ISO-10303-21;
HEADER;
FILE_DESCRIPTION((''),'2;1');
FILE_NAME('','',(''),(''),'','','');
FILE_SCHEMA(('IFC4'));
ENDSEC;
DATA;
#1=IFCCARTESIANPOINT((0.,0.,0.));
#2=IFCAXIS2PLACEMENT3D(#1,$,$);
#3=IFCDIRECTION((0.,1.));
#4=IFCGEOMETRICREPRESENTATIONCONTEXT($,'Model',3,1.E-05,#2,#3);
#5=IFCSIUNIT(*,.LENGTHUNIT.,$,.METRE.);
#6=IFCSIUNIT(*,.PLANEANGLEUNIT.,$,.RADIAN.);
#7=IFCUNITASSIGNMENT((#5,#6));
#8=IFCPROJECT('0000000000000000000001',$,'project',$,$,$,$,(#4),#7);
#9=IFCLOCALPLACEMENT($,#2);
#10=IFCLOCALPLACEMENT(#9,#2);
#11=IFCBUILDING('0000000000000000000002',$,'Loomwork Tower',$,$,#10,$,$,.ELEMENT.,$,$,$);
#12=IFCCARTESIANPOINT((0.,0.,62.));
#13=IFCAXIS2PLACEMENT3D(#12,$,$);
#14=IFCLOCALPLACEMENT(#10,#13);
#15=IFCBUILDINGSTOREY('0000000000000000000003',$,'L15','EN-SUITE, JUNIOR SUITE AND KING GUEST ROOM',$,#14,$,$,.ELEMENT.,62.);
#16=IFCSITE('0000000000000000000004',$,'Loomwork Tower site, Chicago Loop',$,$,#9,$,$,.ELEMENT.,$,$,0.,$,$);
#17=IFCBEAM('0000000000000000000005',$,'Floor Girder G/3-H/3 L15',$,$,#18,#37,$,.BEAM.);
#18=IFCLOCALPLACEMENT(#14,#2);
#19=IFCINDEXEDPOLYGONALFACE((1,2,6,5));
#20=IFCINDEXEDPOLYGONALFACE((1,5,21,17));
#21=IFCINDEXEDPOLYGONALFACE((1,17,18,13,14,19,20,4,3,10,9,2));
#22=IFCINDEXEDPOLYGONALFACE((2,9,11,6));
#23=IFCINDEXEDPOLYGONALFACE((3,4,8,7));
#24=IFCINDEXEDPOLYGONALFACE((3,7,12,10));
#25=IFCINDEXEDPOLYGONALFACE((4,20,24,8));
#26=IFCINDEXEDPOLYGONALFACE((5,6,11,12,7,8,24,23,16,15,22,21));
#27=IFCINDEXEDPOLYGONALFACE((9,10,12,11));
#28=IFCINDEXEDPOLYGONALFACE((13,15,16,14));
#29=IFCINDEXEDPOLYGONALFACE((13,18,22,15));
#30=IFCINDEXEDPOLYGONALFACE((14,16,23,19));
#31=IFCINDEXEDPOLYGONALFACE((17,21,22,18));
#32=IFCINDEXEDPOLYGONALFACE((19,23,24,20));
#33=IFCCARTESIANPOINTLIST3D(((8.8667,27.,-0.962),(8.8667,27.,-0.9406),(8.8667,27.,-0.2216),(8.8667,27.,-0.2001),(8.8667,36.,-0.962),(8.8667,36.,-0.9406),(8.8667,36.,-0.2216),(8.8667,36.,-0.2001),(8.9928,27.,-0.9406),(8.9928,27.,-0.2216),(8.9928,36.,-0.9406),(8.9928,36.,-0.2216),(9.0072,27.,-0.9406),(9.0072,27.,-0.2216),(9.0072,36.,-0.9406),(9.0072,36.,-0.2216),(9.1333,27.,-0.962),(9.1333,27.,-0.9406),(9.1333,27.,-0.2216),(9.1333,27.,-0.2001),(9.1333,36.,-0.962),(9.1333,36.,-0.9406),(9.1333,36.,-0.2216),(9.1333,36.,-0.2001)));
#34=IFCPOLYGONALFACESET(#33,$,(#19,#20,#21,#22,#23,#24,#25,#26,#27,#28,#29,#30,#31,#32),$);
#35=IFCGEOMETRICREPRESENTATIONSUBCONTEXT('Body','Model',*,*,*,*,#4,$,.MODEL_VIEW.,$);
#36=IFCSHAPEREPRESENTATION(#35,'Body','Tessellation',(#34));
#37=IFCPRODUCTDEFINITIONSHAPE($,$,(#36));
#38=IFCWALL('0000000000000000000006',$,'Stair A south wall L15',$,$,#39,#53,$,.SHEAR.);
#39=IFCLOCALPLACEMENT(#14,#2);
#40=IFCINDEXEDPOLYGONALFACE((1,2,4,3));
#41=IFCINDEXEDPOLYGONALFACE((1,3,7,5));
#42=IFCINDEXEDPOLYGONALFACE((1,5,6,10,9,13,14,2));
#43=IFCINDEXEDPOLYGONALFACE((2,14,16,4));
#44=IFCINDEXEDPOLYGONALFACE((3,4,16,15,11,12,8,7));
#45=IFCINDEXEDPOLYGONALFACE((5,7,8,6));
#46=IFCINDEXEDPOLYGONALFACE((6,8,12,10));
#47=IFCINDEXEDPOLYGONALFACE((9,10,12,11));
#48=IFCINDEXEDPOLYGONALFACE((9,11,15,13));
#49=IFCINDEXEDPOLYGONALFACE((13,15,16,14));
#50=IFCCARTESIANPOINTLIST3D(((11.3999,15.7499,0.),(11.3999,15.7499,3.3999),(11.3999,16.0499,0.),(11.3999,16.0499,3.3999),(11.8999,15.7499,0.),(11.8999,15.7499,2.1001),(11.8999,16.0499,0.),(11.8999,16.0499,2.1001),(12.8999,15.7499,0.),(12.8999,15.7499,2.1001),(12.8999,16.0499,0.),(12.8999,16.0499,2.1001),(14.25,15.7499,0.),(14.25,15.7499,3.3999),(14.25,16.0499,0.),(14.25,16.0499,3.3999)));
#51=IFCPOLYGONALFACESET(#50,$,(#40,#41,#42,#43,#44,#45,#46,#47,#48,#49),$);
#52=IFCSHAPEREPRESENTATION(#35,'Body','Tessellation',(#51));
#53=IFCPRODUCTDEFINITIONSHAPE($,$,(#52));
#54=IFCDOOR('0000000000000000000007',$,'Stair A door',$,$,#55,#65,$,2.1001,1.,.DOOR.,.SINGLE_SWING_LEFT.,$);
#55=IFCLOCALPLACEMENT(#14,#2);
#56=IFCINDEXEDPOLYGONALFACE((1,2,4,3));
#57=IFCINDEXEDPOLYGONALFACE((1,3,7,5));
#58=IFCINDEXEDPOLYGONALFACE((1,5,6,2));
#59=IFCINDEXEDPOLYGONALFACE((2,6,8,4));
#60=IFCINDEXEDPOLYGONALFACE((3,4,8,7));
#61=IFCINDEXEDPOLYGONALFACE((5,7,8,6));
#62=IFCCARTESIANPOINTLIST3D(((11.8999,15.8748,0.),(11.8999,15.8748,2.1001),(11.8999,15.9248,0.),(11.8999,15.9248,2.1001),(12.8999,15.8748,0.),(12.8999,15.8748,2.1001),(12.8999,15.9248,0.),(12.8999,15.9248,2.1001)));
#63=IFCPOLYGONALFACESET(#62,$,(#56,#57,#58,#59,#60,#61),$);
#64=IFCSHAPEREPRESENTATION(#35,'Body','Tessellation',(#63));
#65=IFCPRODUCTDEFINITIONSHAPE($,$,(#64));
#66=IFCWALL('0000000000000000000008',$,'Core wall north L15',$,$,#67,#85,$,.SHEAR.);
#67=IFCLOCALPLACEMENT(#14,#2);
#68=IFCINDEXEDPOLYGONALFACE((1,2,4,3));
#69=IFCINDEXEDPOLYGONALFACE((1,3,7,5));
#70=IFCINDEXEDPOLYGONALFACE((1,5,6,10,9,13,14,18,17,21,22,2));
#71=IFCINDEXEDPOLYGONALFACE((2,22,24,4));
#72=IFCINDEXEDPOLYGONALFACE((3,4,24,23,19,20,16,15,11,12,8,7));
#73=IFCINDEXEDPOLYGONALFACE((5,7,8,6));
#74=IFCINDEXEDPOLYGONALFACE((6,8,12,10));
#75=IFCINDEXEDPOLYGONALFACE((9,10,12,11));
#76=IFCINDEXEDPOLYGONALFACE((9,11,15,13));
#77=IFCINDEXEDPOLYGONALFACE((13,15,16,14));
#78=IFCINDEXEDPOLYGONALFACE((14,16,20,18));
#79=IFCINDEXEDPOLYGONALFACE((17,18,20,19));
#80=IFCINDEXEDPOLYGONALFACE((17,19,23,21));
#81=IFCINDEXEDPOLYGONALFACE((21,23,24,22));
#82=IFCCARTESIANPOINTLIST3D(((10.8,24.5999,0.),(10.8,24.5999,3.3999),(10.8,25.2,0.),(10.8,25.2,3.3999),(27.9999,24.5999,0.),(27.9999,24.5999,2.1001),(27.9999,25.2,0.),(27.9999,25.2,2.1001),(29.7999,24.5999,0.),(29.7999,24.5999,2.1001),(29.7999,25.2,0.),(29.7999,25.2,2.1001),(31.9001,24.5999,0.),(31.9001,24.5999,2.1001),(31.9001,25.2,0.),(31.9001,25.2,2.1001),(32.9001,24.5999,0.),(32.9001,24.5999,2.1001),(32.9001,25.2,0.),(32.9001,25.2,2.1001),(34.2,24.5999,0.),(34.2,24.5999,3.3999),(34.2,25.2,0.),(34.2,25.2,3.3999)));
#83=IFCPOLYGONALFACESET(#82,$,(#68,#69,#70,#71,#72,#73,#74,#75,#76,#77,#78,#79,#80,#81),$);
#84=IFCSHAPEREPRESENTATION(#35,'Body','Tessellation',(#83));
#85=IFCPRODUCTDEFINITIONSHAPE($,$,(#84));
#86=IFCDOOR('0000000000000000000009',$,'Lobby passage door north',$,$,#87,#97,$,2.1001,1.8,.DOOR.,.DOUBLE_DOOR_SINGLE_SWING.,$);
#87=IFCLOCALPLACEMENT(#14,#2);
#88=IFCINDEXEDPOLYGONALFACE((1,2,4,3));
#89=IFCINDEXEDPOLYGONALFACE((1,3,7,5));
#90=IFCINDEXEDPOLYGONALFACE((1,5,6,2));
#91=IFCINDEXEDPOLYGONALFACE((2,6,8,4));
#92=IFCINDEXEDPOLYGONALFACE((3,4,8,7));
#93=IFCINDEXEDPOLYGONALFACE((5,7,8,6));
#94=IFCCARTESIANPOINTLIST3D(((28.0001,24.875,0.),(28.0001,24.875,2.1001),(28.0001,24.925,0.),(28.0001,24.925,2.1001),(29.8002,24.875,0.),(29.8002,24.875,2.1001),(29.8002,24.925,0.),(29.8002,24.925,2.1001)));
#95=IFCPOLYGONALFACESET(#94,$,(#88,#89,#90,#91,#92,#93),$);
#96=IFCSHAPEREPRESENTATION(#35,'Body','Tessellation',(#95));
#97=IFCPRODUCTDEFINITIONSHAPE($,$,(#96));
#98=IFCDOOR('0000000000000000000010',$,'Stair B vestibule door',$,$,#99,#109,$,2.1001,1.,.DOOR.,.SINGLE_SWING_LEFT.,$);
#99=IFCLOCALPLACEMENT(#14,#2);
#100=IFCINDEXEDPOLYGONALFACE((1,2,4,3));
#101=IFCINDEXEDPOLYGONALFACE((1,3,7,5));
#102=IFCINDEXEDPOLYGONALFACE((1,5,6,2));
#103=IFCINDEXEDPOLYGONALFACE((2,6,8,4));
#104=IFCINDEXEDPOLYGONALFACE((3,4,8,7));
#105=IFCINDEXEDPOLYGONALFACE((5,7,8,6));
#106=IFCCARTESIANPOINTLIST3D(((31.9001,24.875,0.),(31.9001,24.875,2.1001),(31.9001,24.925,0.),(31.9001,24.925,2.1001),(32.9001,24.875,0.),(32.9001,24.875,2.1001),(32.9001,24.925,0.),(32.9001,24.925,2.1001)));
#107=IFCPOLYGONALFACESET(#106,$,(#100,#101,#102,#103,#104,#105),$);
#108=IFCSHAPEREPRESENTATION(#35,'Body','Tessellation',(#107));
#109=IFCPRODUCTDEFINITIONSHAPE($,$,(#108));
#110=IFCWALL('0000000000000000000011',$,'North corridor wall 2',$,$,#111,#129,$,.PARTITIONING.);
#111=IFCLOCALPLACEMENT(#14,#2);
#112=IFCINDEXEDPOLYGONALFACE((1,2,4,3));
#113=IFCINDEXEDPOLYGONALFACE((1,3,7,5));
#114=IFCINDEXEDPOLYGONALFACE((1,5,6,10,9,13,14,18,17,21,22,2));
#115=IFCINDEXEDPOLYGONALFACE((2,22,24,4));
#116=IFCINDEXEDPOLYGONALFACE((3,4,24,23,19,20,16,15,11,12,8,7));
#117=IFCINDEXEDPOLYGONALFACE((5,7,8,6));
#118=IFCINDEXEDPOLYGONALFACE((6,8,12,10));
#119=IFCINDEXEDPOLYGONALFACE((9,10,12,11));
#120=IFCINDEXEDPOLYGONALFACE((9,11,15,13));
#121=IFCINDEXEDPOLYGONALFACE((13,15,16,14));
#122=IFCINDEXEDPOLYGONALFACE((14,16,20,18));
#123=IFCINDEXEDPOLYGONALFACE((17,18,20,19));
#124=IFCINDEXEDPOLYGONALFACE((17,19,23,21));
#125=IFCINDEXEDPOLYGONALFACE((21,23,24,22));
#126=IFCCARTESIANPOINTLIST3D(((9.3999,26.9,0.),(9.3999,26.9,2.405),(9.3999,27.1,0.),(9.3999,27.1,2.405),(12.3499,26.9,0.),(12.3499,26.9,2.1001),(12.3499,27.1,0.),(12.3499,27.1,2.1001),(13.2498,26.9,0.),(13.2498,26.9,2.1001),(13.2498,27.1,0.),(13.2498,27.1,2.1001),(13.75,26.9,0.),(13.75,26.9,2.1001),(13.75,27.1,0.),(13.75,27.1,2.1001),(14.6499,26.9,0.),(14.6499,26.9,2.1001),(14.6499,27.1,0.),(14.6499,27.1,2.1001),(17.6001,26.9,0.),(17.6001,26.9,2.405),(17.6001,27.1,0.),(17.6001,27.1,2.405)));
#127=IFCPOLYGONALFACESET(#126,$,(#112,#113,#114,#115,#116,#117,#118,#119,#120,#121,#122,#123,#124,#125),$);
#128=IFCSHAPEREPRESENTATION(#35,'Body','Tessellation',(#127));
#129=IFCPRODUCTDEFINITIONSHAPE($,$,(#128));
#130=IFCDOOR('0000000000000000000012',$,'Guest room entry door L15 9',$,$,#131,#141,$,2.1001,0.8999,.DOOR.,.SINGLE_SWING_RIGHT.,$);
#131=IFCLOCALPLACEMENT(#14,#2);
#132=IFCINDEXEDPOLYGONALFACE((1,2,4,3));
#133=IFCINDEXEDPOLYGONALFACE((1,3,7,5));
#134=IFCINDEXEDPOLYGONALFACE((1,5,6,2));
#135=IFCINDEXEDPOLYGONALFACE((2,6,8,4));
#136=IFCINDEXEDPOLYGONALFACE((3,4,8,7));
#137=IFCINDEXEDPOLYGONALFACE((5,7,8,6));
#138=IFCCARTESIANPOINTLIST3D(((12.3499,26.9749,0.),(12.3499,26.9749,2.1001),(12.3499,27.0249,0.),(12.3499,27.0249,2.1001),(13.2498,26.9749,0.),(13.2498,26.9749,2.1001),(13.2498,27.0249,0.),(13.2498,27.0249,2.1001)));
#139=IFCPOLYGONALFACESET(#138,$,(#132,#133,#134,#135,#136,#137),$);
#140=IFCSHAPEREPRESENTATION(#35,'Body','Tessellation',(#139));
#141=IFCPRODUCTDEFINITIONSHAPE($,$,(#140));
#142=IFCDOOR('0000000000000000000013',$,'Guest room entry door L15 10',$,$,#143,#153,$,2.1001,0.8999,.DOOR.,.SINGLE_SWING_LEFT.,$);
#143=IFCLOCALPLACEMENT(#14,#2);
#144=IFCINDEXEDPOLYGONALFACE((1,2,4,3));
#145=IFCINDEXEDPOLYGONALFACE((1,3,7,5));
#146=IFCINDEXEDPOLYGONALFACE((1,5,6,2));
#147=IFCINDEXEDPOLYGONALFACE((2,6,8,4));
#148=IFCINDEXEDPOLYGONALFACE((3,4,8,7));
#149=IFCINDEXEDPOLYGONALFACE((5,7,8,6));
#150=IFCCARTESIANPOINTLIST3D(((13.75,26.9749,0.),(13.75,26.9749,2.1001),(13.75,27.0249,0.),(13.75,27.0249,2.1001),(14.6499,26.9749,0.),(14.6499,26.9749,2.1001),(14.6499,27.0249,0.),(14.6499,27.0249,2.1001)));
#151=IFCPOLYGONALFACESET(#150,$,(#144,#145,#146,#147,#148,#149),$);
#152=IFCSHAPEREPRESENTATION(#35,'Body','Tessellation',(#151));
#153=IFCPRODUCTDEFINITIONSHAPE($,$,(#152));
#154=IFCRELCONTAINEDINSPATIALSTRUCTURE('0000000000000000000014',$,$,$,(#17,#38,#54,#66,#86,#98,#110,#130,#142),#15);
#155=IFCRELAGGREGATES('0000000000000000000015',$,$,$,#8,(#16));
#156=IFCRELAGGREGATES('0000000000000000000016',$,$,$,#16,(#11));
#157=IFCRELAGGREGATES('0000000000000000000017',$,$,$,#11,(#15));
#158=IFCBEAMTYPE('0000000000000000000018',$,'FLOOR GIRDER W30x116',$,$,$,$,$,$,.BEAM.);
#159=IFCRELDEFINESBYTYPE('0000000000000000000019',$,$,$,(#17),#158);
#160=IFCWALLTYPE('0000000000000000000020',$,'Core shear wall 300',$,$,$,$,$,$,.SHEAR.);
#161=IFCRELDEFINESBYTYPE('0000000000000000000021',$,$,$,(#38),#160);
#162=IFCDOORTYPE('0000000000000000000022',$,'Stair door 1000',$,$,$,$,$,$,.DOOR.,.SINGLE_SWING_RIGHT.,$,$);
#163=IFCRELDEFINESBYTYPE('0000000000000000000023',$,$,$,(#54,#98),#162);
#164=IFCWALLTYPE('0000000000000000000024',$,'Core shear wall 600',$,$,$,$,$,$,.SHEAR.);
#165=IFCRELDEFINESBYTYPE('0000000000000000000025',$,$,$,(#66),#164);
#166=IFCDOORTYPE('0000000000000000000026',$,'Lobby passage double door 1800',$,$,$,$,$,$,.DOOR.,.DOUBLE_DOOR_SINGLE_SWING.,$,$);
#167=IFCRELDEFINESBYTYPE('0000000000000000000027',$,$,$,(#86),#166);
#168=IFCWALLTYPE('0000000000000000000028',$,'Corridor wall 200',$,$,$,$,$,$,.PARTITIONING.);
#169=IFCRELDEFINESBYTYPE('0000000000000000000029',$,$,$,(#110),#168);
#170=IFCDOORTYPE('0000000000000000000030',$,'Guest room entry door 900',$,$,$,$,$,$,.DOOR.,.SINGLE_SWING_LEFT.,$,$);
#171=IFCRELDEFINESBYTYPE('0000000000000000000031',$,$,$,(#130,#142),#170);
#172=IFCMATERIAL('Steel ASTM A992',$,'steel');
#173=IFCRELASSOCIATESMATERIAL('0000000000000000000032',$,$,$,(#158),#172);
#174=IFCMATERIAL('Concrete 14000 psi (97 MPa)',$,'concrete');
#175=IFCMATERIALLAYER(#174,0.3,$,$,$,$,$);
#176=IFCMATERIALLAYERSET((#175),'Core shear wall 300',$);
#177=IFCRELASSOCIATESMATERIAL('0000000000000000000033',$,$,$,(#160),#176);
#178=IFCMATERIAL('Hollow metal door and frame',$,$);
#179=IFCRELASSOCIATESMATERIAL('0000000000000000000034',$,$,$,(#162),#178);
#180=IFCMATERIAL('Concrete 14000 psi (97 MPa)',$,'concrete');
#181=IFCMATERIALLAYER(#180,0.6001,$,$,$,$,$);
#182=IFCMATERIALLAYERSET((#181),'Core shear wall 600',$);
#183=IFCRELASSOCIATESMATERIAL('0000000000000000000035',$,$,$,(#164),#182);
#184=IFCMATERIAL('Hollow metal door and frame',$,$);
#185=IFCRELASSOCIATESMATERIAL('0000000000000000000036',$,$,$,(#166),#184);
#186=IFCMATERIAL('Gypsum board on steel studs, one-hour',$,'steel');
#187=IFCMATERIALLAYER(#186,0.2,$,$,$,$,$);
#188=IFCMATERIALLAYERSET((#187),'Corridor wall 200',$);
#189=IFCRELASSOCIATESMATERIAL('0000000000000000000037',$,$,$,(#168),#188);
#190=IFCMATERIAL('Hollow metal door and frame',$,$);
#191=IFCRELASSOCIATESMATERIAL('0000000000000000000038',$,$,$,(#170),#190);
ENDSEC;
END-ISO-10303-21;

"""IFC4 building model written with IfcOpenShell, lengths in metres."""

from ifc_helpers import new_model, si_unit, direction, frame, frame_2d, origin, origin_2d, place, context, subcontext, project, spatial, rectangle, i_section, extrude, material, layer, layer_set, material_profile, profile_set, type_object, element, fill, save


model = new_model("IFC4")

# Units and contexts
model_context = context("Model", 3, precision=1e-05, world=origin(), true_north=direction((0.0, 1.0)))
body_context = subcontext(model_context, "Body", "Model", "MODEL_VIEW")
ifc_project = project(units=[si_unit("LENGTHUNIT", "METRE"), si_unit("PLANEANGLEUNIT", "RADIAN")], contexts=[model_context])

# Site, building, storey
site_placement = place(None, origin())
site = spatial("IfcSite", under=ifc_project, at=site_placement, Name="Loomwork Tower site, Chicago Loop", CompositionType="ELEMENT", RefElevation=0.0)
building_placement = place(site_placement, origin())
building = spatial("IfcBuilding", under=site, at=building_placement, Name="Loomwork Tower", CompositionType="ELEMENT")
storey_placement = place(building_placement, frame((0.0, 0.0, 62.0)))
storey = spatial("IfcBuildingStorey", under=building, at=storey_placement, Name="L15", Description="EN-SUITE, JUNIOR SUITE AND KING GUEST ROOM", CompositionType="ELEMENT", Elevation=62.0)

# Beam
ifc_material_1 = material(Name="Steel ASTM A992", Category="steel")
ifc_material_profile = material_profile(ifc_material_1, i_section(OverallWidth=0.2666, OverallDepth=0.762, WebThickness=0.0144, FlangeThickness=0.0215, at=origin_2d()), Name="W30x116")
ifc_profile_set = profile_set([ifc_material_profile], Name="Steel ASTM A992")
beam_type = type_object("IfcBeamType", Name="FLOOR GIRDER W30x116", PredefinedType="BEAM", material=ifc_profile_set)
beam_placement = place(storey_placement, frame((9.0, 27.0, -0.5811), z_axis=(0.0, 1.0, 0.0), x_axis=(-1.0, 0.0, 0.0)))
element("IfcBeam", 1, at=beam_placement, inside=storey, type_object=beam_type, Name="Floor Girder G/3-H/3 L15", PredefinedType="BEAM", context=body_context, shape_type="SweptSolid", body=[
    extrude(i_section(OverallWidth=0.2666, OverallDepth=0.762, WebThickness=0.0144, FlangeThickness=0.0215, at=origin_2d()), origin(), (0.0, 0.0, 1.0), 9.0),
])

# Wall, opening, door
ifc_material_2 = material(Name="Concrete 14000 psi (97 MPa)", Category="concrete")
ifc_layer_1 = layer(ifc_material_2, 0.3)
ifc_layer_set_1 = layer_set([ifc_layer_1], Name="Core shear wall 300")
wall_type_1 = type_object("IfcWallType", Name="Core shear wall 300", PredefinedType="SHEAR", material=ifc_layer_set_1)
wall_1_placement = place(storey_placement, frame((11.3999, 15.8999, 0.0), z_axis=(0.0, 0.0, 1.0), x_axis=(1.0, 0.0, 0.0)))
wall_1 = element("IfcWall", 2, at=wall_1_placement, inside=storey, type_object=wall_type_1, Name="Stair A south wall L15", PredefinedType="SHEAR", context=body_context, shape_type="SweptSolid", body=[
    extrude(rectangle(XDim=2.8501, YDim=0.3, at=frame_2d((1.425, 0.0))), origin(), (0.0, 0.0, 1.0), 3.3999),
])
opening_1_placement = place(wall_1_placement, frame((0.5, 0.0, 0.0)))
opening_1 = element("IfcOpeningElement", 3, at=opening_1_placement, cuts=wall_1, PredefinedType="OPENING", context=body_context, shape_type="SweptSolid", body=[
    extrude(rectangle(XDim=1.0, YDim=2.1001, at=frame_2d((0.5, 1.05))), frame((0.0, 0.1599, 0.0), z_axis=(0.0, -1.0, 0.0), x_axis=(1.0, 0.0, 0.0)), (0.0, 0.0, 1.0), 0.3201),
])
ifc_material_3 = material(Name="Hollow metal door and frame")
door_type_1 = type_object("IfcDoorType", Name="Stair door 1000", OperationType="SINGLE_SWING_RIGHT", PredefinedType="DOOR", material=ifc_material_3)
door_1_placement = place(opening_1_placement, origin())
door_1 = element("IfcDoor", 4, at=door_1_placement, inside=storey, type_object=door_type_1, Name="Stair A door", OperationType="SINGLE_SWING_LEFT", OverallHeight=2.1001, OverallWidth=1.0, PredefinedType="DOOR", context=body_context, shape_type="SweptSolid", body=[
    extrude(rectangle(XDim=1.0, YDim=2.1001, at=frame_2d((0.5, 1.05))), frame((0.0, 0.0249, 0.0), z_axis=(0.0, -1.0, 0.0), x_axis=(1.0, 0.0, 0.0)), (0.0, 0.0, 1.0), 0.05),
])
fill(opening_1, door_1)

# Walls, openings, doors
ifc_material_4 = material(Name="Concrete 14000 psi (97 MPa)", Category="concrete")
ifc_layer_2 = layer(ifc_material_4, 0.6001)
ifc_layer_set_2 = layer_set([ifc_layer_2], Name="Core shear wall 600")
wall_type_2 = type_object("IfcWallType", Name="Core shear wall 600", PredefinedType="SHEAR", material=ifc_layer_set_2)
wall_2_placement = place(storey_placement, frame((10.8, 24.8999, 0.0), z_axis=(0.0, 0.0, 1.0), x_axis=(1.0, 0.0, 0.0)))
wall_2 = element("IfcWall", 5, at=wall_2_placement, inside=storey, type_object=wall_type_2, Name="Core wall north L15", PredefinedType="SHEAR", context=body_context, shape_type="SweptSolid", body=[
    extrude(rectangle(XDim=23.3999, YDim=0.6001, at=frame_2d((11.7, 0.0))), origin(), (0.0, 0.0, 1.0), 3.3999),
])
opening_2_placement = place(wall_2_placement, frame((17.2, 0.0, 0.0)))
opening_2 = element("IfcOpeningElement", 6, at=opening_2_placement, cuts=wall_2, PredefinedType="OPENING", context=body_context, shape_type="SweptSolid", body=[
    extrude(rectangle(XDim=1.8, YDim=2.1001, at=frame_2d((0.8999, 1.05))), frame((0.0, 0.3101, 0.0), z_axis=(0.0, -1.0, 0.0), x_axis=(1.0, 0.0, 0.0)), (0.0, 0.0, 1.0), 0.6201),
])
opening_3_placement = place(wall_2_placement, frame((21.1001, 0.0, 0.0)))
opening_3 = element("IfcOpeningElement", 7, at=opening_3_placement, cuts=wall_2, PredefinedType="OPENING", context=body_context, shape_type="SweptSolid", body=[
    extrude(rectangle(XDim=1.0, YDim=2.1001, at=frame_2d((0.5, 1.05))), frame((0.0, 0.3101, 0.0), z_axis=(0.0, -1.0, 0.0), x_axis=(1.0, 0.0, 0.0)), (0.0, 0.0, 1.0), 0.6201),
])
ifc_material_5 = material(Name="Hollow metal door and frame")
door_type_2 = type_object("IfcDoorType", Name="Lobby passage double door 1800", OperationType="DOUBLE_DOOR_SINGLE_SWING", PredefinedType="DOOR", material=ifc_material_5)
door_2_placement = place(opening_2_placement, frame((1.8, 0.0, 0.0), z_axis=(0.0, 0.0, 1.0), x_axis=(-1.0, 0.0, 0.0)))
door_2 = element("IfcDoor", 8, at=door_2_placement, inside=storey, type_object=door_type_2, Name="Lobby passage door north", OperationType="DOUBLE_DOOR_SINGLE_SWING", OverallHeight=2.1001, OverallWidth=1.8, PredefinedType="DOOR", context=body_context, shape_type="SweptSolid", body=[
    extrude(rectangle(XDim=1.8, YDim=2.1001, at=frame_2d((0.8999, 1.05))), frame((0.0, 0.0249, 0.0), z_axis=(0.0, -1.0, 0.0), x_axis=(1.0, 0.0, 0.0)), (0.0, 0.0, 1.0), 0.05),
])
fill(opening_2, door_2)
door_3_placement = place(opening_3_placement, frame((1.0, 0.0, 0.0), z_axis=(0.0, 0.0, 1.0), x_axis=(-1.0, 0.0, 0.0)))
door_3 = element("IfcDoor", 9, at=door_3_placement, inside=storey, type_object=door_type_1, Name="Stair B vestibule door", OperationType="SINGLE_SWING_LEFT", OverallHeight=2.1001, OverallWidth=1.0, PredefinedType="DOOR", context=body_context, shape_type="SweptSolid", body=[
    extrude(rectangle(XDim=1.0, YDim=2.1001, at=frame_2d((0.5, 1.05))), frame((0.0, 0.0249, 0.0), z_axis=(0.0, -1.0, 0.0), x_axis=(1.0, 0.0, 0.0)), (0.0, 0.0, 1.0), 0.05),
])
fill(opening_3, door_3)
ifc_material_6 = material(Name="Gypsum board on steel studs, one-hour", Category="steel")
ifc_layer_3 = layer(ifc_material_6, 0.2)
ifc_layer_set_3 = layer_set([ifc_layer_3], Name="Corridor wall 200")
wall_type_3 = type_object("IfcWallType", Name="Corridor wall 200", PredefinedType="PARTITIONING", material=ifc_layer_set_3)
wall_3_placement = place(storey_placement, frame((9.3999, 27.0, 0.0), z_axis=(0.0, 0.0, 1.0), x_axis=(1.0, 0.0, 0.0)))
wall_3 = element("IfcWall", 10, at=wall_3_placement, inside=storey, type_object=wall_type_3, Name="North corridor wall 2", PredefinedType="PARTITIONING", context=body_context, shape_type="SweptSolid", body=[
    extrude(rectangle(XDim=8.2002, YDim=0.2, at=frame_2d((4.1001, 0.0))), origin(), (0.0, 0.0, 1.0), 2.405),
])
opening_4_placement = place(wall_3_placement, frame((2.95, 0.0, 0.0)))
opening_4 = element("IfcOpeningElement", 11, at=opening_4_placement, cuts=wall_3, PredefinedType="OPENING", context=body_context, shape_type="SweptSolid", body=[
    extrude(rectangle(XDim=0.8999, YDim=2.1001, at=frame_2d((0.45, 1.05))), frame((0.0, 0.1099, 0.0), z_axis=(0.0, -1.0, 0.0), x_axis=(1.0, 0.0, 0.0)), (0.0, 0.0, 1.0), 0.22),
])
opening_5_placement = place(wall_3_placement, frame((4.3501, 0.0, 0.0)))
opening_5 = element("IfcOpeningElement", 12, at=opening_5_placement, cuts=wall_3, PredefinedType="OPENING", context=body_context, shape_type="SweptSolid", body=[
    extrude(rectangle(XDim=0.8999, YDim=2.1001, at=frame_2d((0.45, 1.05))), frame((0.0, 0.1099, 0.0), z_axis=(0.0, -1.0, 0.0), x_axis=(1.0, 0.0, 0.0)), (0.0, 0.0, 1.0), 0.22),
])
ifc_material_7 = material(Name="Hollow metal door and frame")
door_type_3 = type_object("IfcDoorType", Name="Guest room entry door 900", OperationType="SINGLE_SWING_LEFT", PredefinedType="DOOR", material=ifc_material_7)
door_4_placement = place(opening_4_placement, origin())
door_4 = element("IfcDoor", 13, at=door_4_placement, inside=storey, type_object=door_type_3, Name="Guest room entry door L15 9", OperationType="SINGLE_SWING_RIGHT", OverallHeight=2.1001, OverallWidth=0.8999, PredefinedType="DOOR", context=body_context, shape_type="SweptSolid", body=[
    extrude(rectangle(XDim=0.8999, YDim=2.1001, at=frame_2d((0.45, 1.05))), frame((0.0, 0.0249, 0.0), z_axis=(0.0, -1.0, 0.0), x_axis=(1.0, 0.0, 0.0)), (0.0, 0.0, 1.0), 0.05),
])
fill(opening_4, door_4)
door_5_placement = place(opening_5_placement, origin())
door_5 = element("IfcDoor", 14, at=door_5_placement, inside=storey, type_object=door_type_3, Name="Guest room entry door L15 10", OperationType="SINGLE_SWING_LEFT", OverallHeight=2.1001, OverallWidth=0.8999, PredefinedType="DOOR", context=body_context, shape_type="SweptSolid", body=[
    extrude(rectangle(XDim=0.8999, YDim=2.1001, at=frame_2d((0.45, 1.05))), frame((0.0, 0.0249, 0.0), z_axis=(0.0, -1.0, 0.0), x_axis=(1.0, 0.0, 0.0)), (0.0, 0.0, 1.0), 0.05),
])
fill(opening_5, door_5)

save(model, "model.ifc")
